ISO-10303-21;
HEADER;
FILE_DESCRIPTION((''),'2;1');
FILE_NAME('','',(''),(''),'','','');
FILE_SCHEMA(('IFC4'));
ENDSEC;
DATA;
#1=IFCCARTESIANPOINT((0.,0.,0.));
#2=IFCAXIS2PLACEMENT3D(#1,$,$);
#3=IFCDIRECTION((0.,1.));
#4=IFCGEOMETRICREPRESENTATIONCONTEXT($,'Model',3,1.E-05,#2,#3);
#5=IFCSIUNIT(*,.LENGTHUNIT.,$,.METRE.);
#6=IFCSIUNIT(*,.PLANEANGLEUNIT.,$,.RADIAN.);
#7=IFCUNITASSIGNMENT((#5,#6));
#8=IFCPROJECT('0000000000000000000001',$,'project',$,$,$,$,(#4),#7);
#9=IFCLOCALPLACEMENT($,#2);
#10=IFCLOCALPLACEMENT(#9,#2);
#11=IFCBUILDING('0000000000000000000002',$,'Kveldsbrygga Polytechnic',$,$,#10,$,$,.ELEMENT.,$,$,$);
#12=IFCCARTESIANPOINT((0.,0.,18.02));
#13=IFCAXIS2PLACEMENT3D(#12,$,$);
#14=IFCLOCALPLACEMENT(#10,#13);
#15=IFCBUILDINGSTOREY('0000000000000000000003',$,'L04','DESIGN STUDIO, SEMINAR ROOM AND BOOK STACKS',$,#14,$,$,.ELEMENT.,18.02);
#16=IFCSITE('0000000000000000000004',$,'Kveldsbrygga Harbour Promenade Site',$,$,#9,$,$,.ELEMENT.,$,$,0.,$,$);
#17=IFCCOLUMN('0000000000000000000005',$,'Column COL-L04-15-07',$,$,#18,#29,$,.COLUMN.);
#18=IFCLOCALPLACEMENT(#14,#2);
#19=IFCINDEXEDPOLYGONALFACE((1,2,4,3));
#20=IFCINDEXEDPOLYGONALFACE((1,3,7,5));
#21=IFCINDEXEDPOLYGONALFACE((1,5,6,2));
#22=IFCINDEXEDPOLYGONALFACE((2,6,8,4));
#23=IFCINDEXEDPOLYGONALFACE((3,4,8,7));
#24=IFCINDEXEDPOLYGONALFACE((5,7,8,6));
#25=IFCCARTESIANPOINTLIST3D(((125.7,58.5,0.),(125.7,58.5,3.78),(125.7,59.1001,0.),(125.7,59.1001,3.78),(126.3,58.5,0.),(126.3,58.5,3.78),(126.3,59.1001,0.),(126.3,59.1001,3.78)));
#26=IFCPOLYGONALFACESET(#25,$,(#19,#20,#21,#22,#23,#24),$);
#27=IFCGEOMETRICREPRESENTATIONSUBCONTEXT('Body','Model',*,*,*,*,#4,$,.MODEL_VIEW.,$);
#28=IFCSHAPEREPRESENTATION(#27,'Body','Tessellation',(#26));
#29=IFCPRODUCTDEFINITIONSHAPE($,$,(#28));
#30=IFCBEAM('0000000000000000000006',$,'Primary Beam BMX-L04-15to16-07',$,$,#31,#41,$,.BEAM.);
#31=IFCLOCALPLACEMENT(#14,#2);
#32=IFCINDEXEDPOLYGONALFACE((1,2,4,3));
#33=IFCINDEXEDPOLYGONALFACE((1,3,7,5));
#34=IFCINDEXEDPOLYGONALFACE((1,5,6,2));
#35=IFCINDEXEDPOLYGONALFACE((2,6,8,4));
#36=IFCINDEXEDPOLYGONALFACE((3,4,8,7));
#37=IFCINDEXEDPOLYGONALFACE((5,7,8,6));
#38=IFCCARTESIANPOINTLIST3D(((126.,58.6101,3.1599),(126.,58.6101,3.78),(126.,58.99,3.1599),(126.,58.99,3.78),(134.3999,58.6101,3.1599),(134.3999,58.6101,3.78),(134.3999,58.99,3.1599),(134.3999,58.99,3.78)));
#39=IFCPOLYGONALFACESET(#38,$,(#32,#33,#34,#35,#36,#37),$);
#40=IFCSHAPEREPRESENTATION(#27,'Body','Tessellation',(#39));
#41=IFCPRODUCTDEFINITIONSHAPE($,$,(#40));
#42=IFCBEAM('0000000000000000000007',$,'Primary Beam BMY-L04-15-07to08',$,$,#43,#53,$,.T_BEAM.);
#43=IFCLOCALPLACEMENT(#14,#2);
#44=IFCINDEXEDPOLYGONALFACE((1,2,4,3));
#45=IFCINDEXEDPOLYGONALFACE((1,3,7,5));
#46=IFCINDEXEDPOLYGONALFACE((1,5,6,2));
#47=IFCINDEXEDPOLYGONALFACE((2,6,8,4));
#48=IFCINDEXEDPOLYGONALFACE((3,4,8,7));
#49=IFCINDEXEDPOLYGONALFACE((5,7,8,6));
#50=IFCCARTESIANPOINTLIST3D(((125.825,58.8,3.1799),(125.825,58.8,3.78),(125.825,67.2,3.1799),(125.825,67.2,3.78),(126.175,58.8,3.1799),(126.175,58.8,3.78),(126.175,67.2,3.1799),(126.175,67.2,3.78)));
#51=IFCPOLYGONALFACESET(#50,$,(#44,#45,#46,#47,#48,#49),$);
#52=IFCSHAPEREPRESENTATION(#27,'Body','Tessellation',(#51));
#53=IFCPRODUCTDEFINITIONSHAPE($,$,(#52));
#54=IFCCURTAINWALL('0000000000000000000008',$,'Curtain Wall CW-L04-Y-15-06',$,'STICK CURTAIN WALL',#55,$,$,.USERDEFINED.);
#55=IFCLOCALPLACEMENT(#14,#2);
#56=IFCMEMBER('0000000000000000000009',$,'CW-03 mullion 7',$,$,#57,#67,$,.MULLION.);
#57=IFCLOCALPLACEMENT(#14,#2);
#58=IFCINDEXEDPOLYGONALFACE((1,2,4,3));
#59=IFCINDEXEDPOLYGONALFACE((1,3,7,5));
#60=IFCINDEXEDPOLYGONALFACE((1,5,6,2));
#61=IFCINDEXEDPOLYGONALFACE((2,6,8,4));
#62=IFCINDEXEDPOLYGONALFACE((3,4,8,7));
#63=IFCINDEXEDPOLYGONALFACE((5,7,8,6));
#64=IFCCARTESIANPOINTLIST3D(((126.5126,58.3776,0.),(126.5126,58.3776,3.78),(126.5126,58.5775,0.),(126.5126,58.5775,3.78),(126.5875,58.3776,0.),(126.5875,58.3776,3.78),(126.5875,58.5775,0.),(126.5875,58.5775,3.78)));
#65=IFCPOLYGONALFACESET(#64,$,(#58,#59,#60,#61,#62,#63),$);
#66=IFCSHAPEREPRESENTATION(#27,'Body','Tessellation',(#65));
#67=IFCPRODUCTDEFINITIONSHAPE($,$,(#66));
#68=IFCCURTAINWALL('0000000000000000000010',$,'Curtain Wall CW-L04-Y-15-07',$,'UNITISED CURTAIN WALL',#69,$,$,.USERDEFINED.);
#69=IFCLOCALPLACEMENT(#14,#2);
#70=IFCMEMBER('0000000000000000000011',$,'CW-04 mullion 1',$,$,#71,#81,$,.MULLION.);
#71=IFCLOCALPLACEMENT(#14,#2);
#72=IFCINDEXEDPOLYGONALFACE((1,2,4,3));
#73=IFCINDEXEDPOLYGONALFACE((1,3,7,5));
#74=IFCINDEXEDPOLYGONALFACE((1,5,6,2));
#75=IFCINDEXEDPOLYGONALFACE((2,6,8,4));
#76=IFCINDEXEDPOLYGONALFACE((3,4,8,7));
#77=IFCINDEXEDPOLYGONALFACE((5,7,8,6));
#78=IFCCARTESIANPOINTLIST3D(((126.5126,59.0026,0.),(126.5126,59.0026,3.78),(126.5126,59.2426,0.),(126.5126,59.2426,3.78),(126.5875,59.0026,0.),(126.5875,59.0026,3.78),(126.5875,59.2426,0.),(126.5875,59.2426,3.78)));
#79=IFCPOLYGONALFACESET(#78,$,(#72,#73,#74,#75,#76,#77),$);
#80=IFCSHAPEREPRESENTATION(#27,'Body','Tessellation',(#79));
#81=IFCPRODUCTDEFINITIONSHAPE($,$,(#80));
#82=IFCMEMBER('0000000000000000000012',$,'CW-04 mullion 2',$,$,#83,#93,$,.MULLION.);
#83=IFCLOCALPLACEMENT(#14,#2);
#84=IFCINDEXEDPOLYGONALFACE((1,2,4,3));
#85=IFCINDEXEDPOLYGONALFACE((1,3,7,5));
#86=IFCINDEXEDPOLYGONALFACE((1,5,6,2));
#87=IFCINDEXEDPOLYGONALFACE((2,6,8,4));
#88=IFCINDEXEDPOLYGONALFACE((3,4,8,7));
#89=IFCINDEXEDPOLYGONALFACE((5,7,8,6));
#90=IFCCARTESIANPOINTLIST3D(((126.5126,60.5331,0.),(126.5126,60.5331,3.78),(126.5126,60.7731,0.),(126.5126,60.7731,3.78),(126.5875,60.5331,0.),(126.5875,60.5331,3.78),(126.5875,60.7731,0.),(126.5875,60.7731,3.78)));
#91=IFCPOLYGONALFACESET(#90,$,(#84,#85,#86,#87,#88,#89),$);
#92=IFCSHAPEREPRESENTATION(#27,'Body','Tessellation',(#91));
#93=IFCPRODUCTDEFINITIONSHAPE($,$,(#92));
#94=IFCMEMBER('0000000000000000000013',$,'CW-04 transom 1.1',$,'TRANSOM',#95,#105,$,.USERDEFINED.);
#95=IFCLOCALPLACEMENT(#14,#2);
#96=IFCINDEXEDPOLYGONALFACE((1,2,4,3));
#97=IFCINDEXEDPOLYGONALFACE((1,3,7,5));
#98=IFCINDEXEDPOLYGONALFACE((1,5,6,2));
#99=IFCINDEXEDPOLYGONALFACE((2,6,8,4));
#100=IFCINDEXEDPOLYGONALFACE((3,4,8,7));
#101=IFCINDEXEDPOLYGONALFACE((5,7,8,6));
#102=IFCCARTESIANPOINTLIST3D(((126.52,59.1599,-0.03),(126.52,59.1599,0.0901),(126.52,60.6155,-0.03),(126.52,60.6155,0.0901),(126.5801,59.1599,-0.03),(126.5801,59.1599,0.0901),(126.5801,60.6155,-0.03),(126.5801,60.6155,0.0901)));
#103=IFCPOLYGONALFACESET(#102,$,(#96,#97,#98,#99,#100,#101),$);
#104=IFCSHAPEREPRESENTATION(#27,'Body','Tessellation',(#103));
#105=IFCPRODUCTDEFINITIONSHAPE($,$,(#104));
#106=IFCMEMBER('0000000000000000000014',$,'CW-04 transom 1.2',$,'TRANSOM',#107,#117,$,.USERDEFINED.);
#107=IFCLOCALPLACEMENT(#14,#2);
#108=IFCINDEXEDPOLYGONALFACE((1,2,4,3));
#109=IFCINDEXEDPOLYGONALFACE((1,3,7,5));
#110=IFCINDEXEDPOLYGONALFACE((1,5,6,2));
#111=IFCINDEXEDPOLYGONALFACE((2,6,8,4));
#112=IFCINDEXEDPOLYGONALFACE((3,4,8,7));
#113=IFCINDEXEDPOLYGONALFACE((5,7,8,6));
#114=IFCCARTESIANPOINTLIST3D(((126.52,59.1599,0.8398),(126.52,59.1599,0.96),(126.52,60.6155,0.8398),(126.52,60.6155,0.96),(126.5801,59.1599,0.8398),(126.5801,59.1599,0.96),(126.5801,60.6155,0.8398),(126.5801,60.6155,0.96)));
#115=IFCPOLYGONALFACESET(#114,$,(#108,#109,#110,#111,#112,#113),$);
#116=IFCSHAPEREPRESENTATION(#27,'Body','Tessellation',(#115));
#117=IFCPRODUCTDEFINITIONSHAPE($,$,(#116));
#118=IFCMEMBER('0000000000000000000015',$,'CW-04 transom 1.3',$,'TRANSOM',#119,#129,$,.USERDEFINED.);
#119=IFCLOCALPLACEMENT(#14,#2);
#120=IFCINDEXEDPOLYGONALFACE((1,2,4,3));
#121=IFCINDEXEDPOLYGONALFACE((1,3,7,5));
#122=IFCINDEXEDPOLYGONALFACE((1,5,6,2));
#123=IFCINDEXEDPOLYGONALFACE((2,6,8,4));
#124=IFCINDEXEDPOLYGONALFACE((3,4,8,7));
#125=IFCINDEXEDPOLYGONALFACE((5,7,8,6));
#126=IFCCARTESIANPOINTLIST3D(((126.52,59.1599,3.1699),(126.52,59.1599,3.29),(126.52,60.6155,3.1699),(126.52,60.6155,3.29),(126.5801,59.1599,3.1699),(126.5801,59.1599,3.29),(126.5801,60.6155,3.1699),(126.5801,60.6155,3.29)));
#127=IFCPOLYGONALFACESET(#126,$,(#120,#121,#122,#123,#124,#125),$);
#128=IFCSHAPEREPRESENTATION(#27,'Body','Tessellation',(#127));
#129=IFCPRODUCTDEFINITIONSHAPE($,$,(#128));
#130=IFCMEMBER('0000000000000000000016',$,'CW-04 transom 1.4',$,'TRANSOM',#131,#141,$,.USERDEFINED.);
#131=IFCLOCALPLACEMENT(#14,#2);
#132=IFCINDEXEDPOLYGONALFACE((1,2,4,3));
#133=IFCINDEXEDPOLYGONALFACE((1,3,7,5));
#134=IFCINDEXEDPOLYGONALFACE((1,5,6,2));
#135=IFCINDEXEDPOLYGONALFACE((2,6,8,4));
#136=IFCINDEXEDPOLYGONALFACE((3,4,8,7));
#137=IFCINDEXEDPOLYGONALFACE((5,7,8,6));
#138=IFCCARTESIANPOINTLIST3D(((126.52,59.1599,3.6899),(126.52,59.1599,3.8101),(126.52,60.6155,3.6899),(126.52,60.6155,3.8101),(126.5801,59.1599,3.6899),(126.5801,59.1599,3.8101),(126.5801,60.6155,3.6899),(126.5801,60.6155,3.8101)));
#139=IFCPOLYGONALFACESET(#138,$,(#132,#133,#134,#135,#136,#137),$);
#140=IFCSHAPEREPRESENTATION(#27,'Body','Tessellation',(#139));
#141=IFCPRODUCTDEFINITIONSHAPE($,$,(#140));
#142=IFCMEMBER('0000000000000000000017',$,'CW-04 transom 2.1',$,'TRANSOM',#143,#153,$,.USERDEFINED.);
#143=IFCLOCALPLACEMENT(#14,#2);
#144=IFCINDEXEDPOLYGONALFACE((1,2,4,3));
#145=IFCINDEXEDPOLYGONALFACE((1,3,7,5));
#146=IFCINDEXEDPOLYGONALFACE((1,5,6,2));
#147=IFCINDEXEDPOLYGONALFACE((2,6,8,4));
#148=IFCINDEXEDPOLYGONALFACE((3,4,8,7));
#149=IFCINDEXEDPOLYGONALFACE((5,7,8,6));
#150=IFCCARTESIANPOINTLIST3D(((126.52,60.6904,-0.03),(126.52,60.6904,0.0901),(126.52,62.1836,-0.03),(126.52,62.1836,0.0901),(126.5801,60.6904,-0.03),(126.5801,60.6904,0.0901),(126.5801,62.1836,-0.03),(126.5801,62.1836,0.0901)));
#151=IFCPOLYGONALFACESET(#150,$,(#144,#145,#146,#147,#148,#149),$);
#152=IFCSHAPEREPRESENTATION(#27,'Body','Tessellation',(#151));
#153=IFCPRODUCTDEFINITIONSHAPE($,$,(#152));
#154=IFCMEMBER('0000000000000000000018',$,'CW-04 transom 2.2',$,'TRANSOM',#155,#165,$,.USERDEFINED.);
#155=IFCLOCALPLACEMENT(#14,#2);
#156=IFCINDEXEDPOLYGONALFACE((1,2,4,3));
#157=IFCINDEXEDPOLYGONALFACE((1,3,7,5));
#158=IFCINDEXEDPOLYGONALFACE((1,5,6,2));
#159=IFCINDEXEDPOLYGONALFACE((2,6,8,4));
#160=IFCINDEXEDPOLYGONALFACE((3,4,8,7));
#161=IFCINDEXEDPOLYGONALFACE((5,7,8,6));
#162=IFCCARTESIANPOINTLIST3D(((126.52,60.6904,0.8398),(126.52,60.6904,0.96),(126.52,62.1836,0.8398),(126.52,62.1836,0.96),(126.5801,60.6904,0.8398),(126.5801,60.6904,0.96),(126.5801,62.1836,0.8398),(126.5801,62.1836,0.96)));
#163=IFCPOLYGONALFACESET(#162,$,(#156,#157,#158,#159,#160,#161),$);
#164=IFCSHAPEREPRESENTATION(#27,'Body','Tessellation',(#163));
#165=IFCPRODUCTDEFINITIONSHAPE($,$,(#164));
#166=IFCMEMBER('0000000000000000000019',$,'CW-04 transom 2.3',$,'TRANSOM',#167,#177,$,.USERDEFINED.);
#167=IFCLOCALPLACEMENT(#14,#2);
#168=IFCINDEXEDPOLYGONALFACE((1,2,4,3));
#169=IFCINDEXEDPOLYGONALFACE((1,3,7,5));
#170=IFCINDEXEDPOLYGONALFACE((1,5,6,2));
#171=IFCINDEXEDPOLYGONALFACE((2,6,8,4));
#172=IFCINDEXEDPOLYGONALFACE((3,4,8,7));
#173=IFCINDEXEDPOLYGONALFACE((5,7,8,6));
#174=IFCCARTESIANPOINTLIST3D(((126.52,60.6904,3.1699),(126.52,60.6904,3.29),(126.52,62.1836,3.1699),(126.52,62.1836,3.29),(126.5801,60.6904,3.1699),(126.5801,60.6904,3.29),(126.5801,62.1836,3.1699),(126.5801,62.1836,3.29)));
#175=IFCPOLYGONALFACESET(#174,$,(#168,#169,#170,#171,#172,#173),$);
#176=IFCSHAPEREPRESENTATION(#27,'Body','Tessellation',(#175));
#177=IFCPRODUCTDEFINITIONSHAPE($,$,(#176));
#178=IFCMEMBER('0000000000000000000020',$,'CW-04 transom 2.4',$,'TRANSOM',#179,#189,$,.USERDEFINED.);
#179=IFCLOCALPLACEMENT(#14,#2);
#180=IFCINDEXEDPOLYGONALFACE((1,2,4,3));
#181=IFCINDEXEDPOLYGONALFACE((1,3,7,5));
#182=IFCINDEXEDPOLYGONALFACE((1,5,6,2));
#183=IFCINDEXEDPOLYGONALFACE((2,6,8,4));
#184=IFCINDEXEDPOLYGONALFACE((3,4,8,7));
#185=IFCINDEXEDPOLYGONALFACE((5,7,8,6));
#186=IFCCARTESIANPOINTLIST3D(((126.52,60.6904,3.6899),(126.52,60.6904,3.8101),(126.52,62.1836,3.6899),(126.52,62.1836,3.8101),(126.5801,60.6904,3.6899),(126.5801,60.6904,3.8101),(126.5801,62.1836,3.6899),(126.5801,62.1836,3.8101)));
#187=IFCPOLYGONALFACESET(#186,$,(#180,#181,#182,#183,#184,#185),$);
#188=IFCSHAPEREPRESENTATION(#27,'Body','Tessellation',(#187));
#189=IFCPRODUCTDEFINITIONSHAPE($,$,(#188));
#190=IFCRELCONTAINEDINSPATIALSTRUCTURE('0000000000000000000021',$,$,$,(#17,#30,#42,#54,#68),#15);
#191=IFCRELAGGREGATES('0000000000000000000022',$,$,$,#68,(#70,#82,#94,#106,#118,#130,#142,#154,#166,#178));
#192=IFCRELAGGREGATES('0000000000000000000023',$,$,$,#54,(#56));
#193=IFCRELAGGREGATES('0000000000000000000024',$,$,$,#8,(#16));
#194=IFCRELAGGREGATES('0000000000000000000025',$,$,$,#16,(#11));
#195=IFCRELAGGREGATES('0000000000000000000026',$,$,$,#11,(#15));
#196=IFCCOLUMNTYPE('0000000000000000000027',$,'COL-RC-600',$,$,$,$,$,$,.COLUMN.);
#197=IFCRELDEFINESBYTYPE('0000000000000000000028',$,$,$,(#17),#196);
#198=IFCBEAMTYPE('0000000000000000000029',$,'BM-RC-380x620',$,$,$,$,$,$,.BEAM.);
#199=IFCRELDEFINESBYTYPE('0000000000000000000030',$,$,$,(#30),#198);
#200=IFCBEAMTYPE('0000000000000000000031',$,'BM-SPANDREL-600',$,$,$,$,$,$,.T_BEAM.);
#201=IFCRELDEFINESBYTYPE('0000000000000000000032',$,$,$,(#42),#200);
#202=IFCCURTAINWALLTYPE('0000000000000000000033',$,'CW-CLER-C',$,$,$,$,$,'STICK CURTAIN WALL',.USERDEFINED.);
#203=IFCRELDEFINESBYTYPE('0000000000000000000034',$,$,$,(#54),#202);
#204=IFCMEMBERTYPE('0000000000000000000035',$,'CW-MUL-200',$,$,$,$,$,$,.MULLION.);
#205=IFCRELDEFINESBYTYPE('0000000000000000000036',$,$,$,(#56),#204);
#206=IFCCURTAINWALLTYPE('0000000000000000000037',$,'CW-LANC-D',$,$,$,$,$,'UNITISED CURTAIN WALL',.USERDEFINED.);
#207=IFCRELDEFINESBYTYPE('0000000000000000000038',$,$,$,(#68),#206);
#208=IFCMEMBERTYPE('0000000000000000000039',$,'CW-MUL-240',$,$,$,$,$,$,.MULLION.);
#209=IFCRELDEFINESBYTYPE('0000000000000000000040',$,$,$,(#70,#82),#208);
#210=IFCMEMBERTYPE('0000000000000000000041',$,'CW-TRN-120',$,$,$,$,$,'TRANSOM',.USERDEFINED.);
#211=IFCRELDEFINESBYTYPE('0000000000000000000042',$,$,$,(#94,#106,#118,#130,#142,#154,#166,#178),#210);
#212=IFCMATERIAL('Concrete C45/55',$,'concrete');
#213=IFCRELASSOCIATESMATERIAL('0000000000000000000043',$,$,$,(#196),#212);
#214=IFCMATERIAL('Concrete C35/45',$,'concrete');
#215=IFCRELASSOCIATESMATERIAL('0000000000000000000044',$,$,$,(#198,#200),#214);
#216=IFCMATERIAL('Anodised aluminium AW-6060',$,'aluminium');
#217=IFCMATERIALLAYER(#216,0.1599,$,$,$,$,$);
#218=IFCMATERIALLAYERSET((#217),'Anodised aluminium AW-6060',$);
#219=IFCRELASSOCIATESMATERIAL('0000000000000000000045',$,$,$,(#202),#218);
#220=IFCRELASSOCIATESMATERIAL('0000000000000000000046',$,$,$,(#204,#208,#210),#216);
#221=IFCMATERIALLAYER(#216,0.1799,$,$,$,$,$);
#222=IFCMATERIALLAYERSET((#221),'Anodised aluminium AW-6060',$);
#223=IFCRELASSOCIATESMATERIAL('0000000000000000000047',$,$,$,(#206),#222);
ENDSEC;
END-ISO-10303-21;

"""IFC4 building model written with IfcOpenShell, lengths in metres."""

from ifc_helpers import new_model, si_unit, direction, frame, origin, origin_2d, place, context, subcontext, project, spatial, rectangle, extrude, material, layer, layer_set, material_profile, profile_set, type_object, element, aggregate, save


model = new_model("IFC4")

# Units and contexts
model_context = context("Model", 3, precision=1e-05, world=origin(), true_north=direction((0.0, 1.0)))
body_context = subcontext(model_context, "Body", "Model", "MODEL_VIEW")
ifc_project = project(units=[si_unit("LENGTHUNIT", "METRE"), si_unit("PLANEANGLEUNIT", "RADIAN")], contexts=[model_context])

# Site, building, storey
site_placement = place(None, origin())
site = spatial("IfcSite", under=ifc_project, at=site_placement, Name="Kveldsbrygga Harbour Promenade Site", CompositionType="ELEMENT", RefElevation=0.0)
building_placement = place(site_placement, origin())
building = spatial("IfcBuilding", under=site, at=building_placement, Name="Kveldsbrygga Polytechnic", CompositionType="ELEMENT")
storey_placement = place(building_placement, frame((0.0, 0.0, 18.02)))
storey = spatial("IfcBuildingStorey", under=building, at=storey_placement, Name="L04", Description="DESIGN STUDIO, SEMINAR ROOM AND BOOK STACKS", CompositionType="ELEMENT", Elevation=18.02)

# Column
ifc_material_1 = material(Name="Concrete C45/55", Category="concrete")
ifc_material_profile_1 = material_profile(ifc_material_1, rectangle(XDim=0.6001, YDim=0.6001, at=origin_2d()), Name="RC 600x600")
ifc_profile_set_1 = profile_set([ifc_material_profile_1], Name="Concrete C45/55")
column_type = type_object("IfcColumnType", Name="COL-RC-600", PredefinedType="COLUMN", material=ifc_profile_set_1)
column_placement = place(storey_placement, frame((126.0, 58.8, 0.0), z_axis=(0.0, 0.0, 1.0), x_axis=(1.0, 0.0, 0.0)))
element("IfcColumn", 1, at=column_placement, inside=storey, type_object=column_type, Name="Column COL-L04-15-07", PredefinedType="COLUMN", context=body_context, shape_type="SweptSolid", body=[
    extrude(rectangle(XDim=0.6001, YDim=0.6001, at=origin_2d()), origin(), (0.0, 0.0, 1.0), 3.78),
])

# Beams
ifc_material_2 = material(Name="Concrete C35/45", Category="concrete")
ifc_material_profile_2 = material_profile(ifc_material_2, rectangle(XDim=0.3799, YDim=0.6201, at=origin_2d()), Name="RC 380x620")
ifc_profile_set_2 = profile_set([ifc_material_profile_2], Name="Concrete C35/45")
beam_type_1 = type_object("IfcBeamType", Name="BM-RC-380x620", PredefinedType="BEAM", material=ifc_profile_set_2)
beam_1_placement = place(storey_placement, frame((126.0, 58.8, 3.47), z_axis=(1.0, 0.0, 0.0), x_axis=(0.0, 1.0, 0.0)))
element("IfcBeam", 2, at=beam_1_placement, inside=storey, type_object=beam_type_1, Name="Primary Beam BMX-L04-15to16-07", PredefinedType="BEAM", context=body_context, shape_type="SweptSolid", body=[
    extrude(rectangle(XDim=0.3799, YDim=0.6201, at=origin_2d()), origin(), (0.0, 0.0, 1.0), 8.3999),
])
ifc_material_profile_3 = material_profile(ifc_material_2, rectangle(XDim=0.3501, YDim=0.6001, at=origin_2d()), Name="RC 350x600")
ifc_profile_set_3 = profile_set([ifc_material_profile_3], Name="Concrete C35/45")
beam_type_2 = type_object("IfcBeamType", Name="BM-SPANDREL-600", PredefinedType="T_BEAM", material=ifc_profile_set_3)
beam_2_placement = place(storey_placement, frame((126.0, 58.8, 3.48), z_axis=(0.0, 1.0, 0.0), x_axis=(-1.0, 0.0, 0.0)))
element("IfcBeam", 3, at=beam_2_placement, inside=storey, type_object=beam_type_2, Name="Primary Beam BMY-L04-15-07to08", PredefinedType="T_BEAM", context=body_context, shape_type="SweptSolid", body=[
    extrude(rectangle(XDim=0.3501, YDim=0.6001, at=origin_2d()), origin(), (0.0, 0.0, 1.0), 8.3999),
])

# Curtain wall, member
ifc_material_3 = material(Name="Anodised aluminium AW-6060", Category="aluminium")
ifc_layer_1 = layer(ifc_material_3, 0.1599)
ifc_layer_set_1 = layer_set([ifc_layer_1], Name="Anodised aluminium AW-6060")
curtain_wall_type_1 = type_object("IfcCurtainWallType", Name="CW-CLER-C", ElementType="STICK CURTAIN WALL", PredefinedType="USERDEFINED", material=ifc_layer_set_1)
curtain_wall_1_placement = place(storey_placement, origin())
curtain_wall_1 = element("IfcCurtainWall", 4, at=curtain_wall_1_placement, inside=storey, type_object=curtain_wall_type_1, Name="Curtain Wall CW-L04-Y-15-06", ObjectType="STICK CURTAIN WALL", PredefinedType="USERDEFINED")
ifc_material_profile_4 = material_profile(ifc_material_3, rectangle(XDim=0.075, YDim=0.2, at=origin_2d()), Name="ALU 75x200")
ifc_profile_set_4 = profile_set([ifc_material_profile_4], Name="Anodised aluminium AW-6060")
member_type_1 = type_object("IfcMemberType", Name="CW-MUL-200", PredefinedType="MULLION", material=ifc_profile_set_4)
member_1_placement = place(storey_placement, frame((126.55, 58.4775, 0.0), z_axis=(0.0, 0.0, 1.0), x_axis=(-1.0, 0.0, 0.0)))
member_1 = element("IfcMember", 5, at=member_1_placement, type_object=member_type_1, Name="CW-03 mullion 7", PredefinedType="MULLION", context=body_context, shape_type="SweptSolid", body=[
    extrude(rectangle(XDim=0.075, YDim=0.2, at=origin_2d()), origin(), (0.0, 0.0, 1.0), 3.78),
])

# Curtain wall, members
ifc_layer_2 = layer(ifc_material_3, 0.1799)
ifc_layer_set_2 = layer_set([ifc_layer_2], Name="Anodised aluminium AW-6060")
curtain_wall_type_2 = type_object("IfcCurtainWallType", Name="CW-LANC-D", ElementType="UNITISED CURTAIN WALL", PredefinedType="USERDEFINED", material=ifc_layer_set_2)
curtain_wall_2_placement = place(storey_placement, origin())
curtain_wall_2 = element("IfcCurtainWall", 6, at=curtain_wall_2_placement, inside=storey, type_object=curtain_wall_type_2, Name="Curtain Wall CW-L04-Y-15-07", ObjectType="UNITISED CURTAIN WALL", PredefinedType="USERDEFINED")
ifc_material_profile_5 = material_profile(ifc_material_3, rectangle(XDim=0.075, YDim=0.24, at=origin_2d()), Name="ALU 75x240")
ifc_profile_set_5 = profile_set([ifc_material_profile_5], Name="Anodised aluminium AW-6060")
member_type_2 = type_object("IfcMemberType", Name="CW-MUL-240", PredefinedType="MULLION", material=ifc_profile_set_5)
member_2_placement = place(storey_placement, frame((126.55, 59.1226, 0.0), z_axis=(0.0, 0.0, 1.0), x_axis=(-1.0, 0.0, 0.0)))
member_2 = element("IfcMember", 7, at=member_2_placement, type_object=member_type_2, Name="CW-04 mullion 1", PredefinedType="MULLION", context=body_context, shape_type="SweptSolid", body=[
    extrude(rectangle(XDim=0.075, YDim=0.24, at=origin_2d()), origin(), (0.0, 0.0, 1.0), 3.78),
])
member_3_placement = place(storey_placement, frame((126.55, 60.6531, 0.0), z_axis=(0.0, 0.0, 1.0), x_axis=(-1.0, 0.0, 0.0)))
member_3 = element("IfcMember", 8, at=member_3_placement, type_object=member_type_2, Name="CW-04 mullion 2", PredefinedType="MULLION", context=body_context, shape_type="SweptSolid", body=[
    extrude(rectangle(XDim=0.075, YDim=0.24, at=origin_2d()), origin(), (0.0, 0.0, 1.0), 3.78),
])
ifc_material_profile_6 = material_profile(ifc_material_3, rectangle(XDim=0.0601, YDim=0.1201, at=origin_2d()), Name="ALU 60x120")
ifc_profile_set_6 = profile_set([ifc_material_profile_6], Name="Anodised aluminium AW-6060")
member_type_3 = type_object("IfcMemberType", Name="CW-TRN-120", ElementType="TRANSOM", PredefinedType="USERDEFINED", material=ifc_profile_set_6)
member_4_placement = place(storey_placement, frame((126.55, 59.1599, 0.03), z_axis=(0.0, 1.0, 0.0), x_axis=(-1.0, 0.0, 0.0)))
member_4 = element("IfcMember", 9, at=member_4_placement, type_object=member_type_3, Name="CW-04 transom 1.1", ObjectType="TRANSOM", PredefinedType="USERDEFINED", context=body_context, shape_type="SweptSolid", body=[
    extrude(rectangle(XDim=0.0601, YDim=0.1201, at=origin_2d()), origin(), (0.0, 0.0, 1.0), 1.4556),
])
member_5_placement = place(storey_placement, frame((126.55, 59.1599, 0.8999), z_axis=(0.0, 1.0, 0.0), x_axis=(-1.0, 0.0, 0.0)))
member_5 = element("IfcMember", 10, at=member_5_placement, type_object=member_type_3, Name="CW-04 transom 1.2", ObjectType="TRANSOM", PredefinedType="USERDEFINED", context=body_context, shape_type="SweptSolid", body=[
    extrude(rectangle(XDim=0.0601, YDim=0.1201, at=origin_2d()), origin(), (0.0, 0.0, 1.0), 1.4556),
])
member_6_placement = place(storey_placement, frame((126.55, 59.1599, 3.23), z_axis=(0.0, 1.0, 0.0), x_axis=(-1.0, 0.0, 0.0)))
member_6 = element("IfcMember", 11, at=member_6_placement, type_object=member_type_3, Name="CW-04 transom 1.3", ObjectType="TRANSOM", PredefinedType="USERDEFINED", context=body_context, shape_type="SweptSolid", body=[
    extrude(rectangle(XDim=0.0601, YDim=0.1201, at=origin_2d()), origin(), (0.0, 0.0, 1.0), 1.4556),
])
member_7_placement = place(storey_placement, frame((126.55, 59.1599, 3.75), z_axis=(0.0, 1.0, 0.0), x_axis=(-1.0, 0.0, 0.0)))
member_7 = element("IfcMember", 12, at=member_7_placement, type_object=member_type_3, Name="CW-04 transom 1.4", ObjectType="TRANSOM", PredefinedType="USERDEFINED", context=body_context, shape_type="SweptSolid", body=[
    extrude(rectangle(XDim=0.0601, YDim=0.1201, at=origin_2d()), origin(), (0.0, 0.0, 1.0), 1.4556),
])
member_8_placement = place(storey_placement, frame((126.55, 60.6904, 0.03), z_axis=(0.0, 1.0, 0.0), x_axis=(-1.0, 0.0, 0.0)))
member_8 = element("IfcMember", 13, at=member_8_placement, type_object=member_type_3, Name="CW-04 transom 2.1", ObjectType="TRANSOM", PredefinedType="USERDEFINED", context=body_context, shape_type="SweptSolid", body=[
    extrude(rectangle(XDim=0.0601, YDim=0.1201, at=origin_2d()), origin(), (0.0, 0.0, 1.0), 1.4932),
])
member_9_placement = place(storey_placement, frame((126.55, 60.6904, 0.8999), z_axis=(0.0, 1.0, 0.0), x_axis=(-1.0, 0.0, 0.0)))
member_9 = element("IfcMember", 14, at=member_9_placement, type_object=member_type_3, Name="CW-04 transom 2.2", ObjectType="TRANSOM", PredefinedType="USERDEFINED", context=body_context, shape_type="SweptSolid", body=[
    extrude(rectangle(XDim=0.0601, YDim=0.1201, at=origin_2d()), origin(), (0.0, 0.0, 1.0), 1.4932),
])
member_10_placement = place(storey_placement, frame((126.55, 60.6904, 3.23), z_axis=(0.0, 1.0, 0.0), x_axis=(-1.0, 0.0, 0.0)))
member_10 = element("IfcMember", 15, at=member_10_placement, type_object=member_type_3, Name="CW-04 transom 2.3", ObjectType="TRANSOM", PredefinedType="USERDEFINED", context=body_context, shape_type="SweptSolid", body=[
    extrude(rectangle(XDim=0.0601, YDim=0.1201, at=origin_2d()), origin(), (0.0, 0.0, 1.0), 1.4932),
])
member_11_placement = place(storey_placement, frame((126.55, 60.6904, 3.75), z_axis=(0.0, 1.0, 0.0), x_axis=(-1.0, 0.0, 0.0)))
member_11 = element("IfcMember", 16, at=member_11_placement, type_object=member_type_3, Name="CW-04 transom 2.4", ObjectType="TRANSOM", PredefinedType="USERDEFINED", context=body_context, shape_type="SweptSolid", body=[
    extrude(rectangle(XDim=0.0601, YDim=0.1201, at=origin_2d()), origin(), (0.0, 0.0, 1.0), 1.4932),
])
aggregate(curtain_wall_2, [member_2, member_3, member_4, member_5, member_6, member_7, member_8, member_9, member_10, member_11])

aggregate(curtain_wall_1, [member_1])

save(model, "model.ifc")
